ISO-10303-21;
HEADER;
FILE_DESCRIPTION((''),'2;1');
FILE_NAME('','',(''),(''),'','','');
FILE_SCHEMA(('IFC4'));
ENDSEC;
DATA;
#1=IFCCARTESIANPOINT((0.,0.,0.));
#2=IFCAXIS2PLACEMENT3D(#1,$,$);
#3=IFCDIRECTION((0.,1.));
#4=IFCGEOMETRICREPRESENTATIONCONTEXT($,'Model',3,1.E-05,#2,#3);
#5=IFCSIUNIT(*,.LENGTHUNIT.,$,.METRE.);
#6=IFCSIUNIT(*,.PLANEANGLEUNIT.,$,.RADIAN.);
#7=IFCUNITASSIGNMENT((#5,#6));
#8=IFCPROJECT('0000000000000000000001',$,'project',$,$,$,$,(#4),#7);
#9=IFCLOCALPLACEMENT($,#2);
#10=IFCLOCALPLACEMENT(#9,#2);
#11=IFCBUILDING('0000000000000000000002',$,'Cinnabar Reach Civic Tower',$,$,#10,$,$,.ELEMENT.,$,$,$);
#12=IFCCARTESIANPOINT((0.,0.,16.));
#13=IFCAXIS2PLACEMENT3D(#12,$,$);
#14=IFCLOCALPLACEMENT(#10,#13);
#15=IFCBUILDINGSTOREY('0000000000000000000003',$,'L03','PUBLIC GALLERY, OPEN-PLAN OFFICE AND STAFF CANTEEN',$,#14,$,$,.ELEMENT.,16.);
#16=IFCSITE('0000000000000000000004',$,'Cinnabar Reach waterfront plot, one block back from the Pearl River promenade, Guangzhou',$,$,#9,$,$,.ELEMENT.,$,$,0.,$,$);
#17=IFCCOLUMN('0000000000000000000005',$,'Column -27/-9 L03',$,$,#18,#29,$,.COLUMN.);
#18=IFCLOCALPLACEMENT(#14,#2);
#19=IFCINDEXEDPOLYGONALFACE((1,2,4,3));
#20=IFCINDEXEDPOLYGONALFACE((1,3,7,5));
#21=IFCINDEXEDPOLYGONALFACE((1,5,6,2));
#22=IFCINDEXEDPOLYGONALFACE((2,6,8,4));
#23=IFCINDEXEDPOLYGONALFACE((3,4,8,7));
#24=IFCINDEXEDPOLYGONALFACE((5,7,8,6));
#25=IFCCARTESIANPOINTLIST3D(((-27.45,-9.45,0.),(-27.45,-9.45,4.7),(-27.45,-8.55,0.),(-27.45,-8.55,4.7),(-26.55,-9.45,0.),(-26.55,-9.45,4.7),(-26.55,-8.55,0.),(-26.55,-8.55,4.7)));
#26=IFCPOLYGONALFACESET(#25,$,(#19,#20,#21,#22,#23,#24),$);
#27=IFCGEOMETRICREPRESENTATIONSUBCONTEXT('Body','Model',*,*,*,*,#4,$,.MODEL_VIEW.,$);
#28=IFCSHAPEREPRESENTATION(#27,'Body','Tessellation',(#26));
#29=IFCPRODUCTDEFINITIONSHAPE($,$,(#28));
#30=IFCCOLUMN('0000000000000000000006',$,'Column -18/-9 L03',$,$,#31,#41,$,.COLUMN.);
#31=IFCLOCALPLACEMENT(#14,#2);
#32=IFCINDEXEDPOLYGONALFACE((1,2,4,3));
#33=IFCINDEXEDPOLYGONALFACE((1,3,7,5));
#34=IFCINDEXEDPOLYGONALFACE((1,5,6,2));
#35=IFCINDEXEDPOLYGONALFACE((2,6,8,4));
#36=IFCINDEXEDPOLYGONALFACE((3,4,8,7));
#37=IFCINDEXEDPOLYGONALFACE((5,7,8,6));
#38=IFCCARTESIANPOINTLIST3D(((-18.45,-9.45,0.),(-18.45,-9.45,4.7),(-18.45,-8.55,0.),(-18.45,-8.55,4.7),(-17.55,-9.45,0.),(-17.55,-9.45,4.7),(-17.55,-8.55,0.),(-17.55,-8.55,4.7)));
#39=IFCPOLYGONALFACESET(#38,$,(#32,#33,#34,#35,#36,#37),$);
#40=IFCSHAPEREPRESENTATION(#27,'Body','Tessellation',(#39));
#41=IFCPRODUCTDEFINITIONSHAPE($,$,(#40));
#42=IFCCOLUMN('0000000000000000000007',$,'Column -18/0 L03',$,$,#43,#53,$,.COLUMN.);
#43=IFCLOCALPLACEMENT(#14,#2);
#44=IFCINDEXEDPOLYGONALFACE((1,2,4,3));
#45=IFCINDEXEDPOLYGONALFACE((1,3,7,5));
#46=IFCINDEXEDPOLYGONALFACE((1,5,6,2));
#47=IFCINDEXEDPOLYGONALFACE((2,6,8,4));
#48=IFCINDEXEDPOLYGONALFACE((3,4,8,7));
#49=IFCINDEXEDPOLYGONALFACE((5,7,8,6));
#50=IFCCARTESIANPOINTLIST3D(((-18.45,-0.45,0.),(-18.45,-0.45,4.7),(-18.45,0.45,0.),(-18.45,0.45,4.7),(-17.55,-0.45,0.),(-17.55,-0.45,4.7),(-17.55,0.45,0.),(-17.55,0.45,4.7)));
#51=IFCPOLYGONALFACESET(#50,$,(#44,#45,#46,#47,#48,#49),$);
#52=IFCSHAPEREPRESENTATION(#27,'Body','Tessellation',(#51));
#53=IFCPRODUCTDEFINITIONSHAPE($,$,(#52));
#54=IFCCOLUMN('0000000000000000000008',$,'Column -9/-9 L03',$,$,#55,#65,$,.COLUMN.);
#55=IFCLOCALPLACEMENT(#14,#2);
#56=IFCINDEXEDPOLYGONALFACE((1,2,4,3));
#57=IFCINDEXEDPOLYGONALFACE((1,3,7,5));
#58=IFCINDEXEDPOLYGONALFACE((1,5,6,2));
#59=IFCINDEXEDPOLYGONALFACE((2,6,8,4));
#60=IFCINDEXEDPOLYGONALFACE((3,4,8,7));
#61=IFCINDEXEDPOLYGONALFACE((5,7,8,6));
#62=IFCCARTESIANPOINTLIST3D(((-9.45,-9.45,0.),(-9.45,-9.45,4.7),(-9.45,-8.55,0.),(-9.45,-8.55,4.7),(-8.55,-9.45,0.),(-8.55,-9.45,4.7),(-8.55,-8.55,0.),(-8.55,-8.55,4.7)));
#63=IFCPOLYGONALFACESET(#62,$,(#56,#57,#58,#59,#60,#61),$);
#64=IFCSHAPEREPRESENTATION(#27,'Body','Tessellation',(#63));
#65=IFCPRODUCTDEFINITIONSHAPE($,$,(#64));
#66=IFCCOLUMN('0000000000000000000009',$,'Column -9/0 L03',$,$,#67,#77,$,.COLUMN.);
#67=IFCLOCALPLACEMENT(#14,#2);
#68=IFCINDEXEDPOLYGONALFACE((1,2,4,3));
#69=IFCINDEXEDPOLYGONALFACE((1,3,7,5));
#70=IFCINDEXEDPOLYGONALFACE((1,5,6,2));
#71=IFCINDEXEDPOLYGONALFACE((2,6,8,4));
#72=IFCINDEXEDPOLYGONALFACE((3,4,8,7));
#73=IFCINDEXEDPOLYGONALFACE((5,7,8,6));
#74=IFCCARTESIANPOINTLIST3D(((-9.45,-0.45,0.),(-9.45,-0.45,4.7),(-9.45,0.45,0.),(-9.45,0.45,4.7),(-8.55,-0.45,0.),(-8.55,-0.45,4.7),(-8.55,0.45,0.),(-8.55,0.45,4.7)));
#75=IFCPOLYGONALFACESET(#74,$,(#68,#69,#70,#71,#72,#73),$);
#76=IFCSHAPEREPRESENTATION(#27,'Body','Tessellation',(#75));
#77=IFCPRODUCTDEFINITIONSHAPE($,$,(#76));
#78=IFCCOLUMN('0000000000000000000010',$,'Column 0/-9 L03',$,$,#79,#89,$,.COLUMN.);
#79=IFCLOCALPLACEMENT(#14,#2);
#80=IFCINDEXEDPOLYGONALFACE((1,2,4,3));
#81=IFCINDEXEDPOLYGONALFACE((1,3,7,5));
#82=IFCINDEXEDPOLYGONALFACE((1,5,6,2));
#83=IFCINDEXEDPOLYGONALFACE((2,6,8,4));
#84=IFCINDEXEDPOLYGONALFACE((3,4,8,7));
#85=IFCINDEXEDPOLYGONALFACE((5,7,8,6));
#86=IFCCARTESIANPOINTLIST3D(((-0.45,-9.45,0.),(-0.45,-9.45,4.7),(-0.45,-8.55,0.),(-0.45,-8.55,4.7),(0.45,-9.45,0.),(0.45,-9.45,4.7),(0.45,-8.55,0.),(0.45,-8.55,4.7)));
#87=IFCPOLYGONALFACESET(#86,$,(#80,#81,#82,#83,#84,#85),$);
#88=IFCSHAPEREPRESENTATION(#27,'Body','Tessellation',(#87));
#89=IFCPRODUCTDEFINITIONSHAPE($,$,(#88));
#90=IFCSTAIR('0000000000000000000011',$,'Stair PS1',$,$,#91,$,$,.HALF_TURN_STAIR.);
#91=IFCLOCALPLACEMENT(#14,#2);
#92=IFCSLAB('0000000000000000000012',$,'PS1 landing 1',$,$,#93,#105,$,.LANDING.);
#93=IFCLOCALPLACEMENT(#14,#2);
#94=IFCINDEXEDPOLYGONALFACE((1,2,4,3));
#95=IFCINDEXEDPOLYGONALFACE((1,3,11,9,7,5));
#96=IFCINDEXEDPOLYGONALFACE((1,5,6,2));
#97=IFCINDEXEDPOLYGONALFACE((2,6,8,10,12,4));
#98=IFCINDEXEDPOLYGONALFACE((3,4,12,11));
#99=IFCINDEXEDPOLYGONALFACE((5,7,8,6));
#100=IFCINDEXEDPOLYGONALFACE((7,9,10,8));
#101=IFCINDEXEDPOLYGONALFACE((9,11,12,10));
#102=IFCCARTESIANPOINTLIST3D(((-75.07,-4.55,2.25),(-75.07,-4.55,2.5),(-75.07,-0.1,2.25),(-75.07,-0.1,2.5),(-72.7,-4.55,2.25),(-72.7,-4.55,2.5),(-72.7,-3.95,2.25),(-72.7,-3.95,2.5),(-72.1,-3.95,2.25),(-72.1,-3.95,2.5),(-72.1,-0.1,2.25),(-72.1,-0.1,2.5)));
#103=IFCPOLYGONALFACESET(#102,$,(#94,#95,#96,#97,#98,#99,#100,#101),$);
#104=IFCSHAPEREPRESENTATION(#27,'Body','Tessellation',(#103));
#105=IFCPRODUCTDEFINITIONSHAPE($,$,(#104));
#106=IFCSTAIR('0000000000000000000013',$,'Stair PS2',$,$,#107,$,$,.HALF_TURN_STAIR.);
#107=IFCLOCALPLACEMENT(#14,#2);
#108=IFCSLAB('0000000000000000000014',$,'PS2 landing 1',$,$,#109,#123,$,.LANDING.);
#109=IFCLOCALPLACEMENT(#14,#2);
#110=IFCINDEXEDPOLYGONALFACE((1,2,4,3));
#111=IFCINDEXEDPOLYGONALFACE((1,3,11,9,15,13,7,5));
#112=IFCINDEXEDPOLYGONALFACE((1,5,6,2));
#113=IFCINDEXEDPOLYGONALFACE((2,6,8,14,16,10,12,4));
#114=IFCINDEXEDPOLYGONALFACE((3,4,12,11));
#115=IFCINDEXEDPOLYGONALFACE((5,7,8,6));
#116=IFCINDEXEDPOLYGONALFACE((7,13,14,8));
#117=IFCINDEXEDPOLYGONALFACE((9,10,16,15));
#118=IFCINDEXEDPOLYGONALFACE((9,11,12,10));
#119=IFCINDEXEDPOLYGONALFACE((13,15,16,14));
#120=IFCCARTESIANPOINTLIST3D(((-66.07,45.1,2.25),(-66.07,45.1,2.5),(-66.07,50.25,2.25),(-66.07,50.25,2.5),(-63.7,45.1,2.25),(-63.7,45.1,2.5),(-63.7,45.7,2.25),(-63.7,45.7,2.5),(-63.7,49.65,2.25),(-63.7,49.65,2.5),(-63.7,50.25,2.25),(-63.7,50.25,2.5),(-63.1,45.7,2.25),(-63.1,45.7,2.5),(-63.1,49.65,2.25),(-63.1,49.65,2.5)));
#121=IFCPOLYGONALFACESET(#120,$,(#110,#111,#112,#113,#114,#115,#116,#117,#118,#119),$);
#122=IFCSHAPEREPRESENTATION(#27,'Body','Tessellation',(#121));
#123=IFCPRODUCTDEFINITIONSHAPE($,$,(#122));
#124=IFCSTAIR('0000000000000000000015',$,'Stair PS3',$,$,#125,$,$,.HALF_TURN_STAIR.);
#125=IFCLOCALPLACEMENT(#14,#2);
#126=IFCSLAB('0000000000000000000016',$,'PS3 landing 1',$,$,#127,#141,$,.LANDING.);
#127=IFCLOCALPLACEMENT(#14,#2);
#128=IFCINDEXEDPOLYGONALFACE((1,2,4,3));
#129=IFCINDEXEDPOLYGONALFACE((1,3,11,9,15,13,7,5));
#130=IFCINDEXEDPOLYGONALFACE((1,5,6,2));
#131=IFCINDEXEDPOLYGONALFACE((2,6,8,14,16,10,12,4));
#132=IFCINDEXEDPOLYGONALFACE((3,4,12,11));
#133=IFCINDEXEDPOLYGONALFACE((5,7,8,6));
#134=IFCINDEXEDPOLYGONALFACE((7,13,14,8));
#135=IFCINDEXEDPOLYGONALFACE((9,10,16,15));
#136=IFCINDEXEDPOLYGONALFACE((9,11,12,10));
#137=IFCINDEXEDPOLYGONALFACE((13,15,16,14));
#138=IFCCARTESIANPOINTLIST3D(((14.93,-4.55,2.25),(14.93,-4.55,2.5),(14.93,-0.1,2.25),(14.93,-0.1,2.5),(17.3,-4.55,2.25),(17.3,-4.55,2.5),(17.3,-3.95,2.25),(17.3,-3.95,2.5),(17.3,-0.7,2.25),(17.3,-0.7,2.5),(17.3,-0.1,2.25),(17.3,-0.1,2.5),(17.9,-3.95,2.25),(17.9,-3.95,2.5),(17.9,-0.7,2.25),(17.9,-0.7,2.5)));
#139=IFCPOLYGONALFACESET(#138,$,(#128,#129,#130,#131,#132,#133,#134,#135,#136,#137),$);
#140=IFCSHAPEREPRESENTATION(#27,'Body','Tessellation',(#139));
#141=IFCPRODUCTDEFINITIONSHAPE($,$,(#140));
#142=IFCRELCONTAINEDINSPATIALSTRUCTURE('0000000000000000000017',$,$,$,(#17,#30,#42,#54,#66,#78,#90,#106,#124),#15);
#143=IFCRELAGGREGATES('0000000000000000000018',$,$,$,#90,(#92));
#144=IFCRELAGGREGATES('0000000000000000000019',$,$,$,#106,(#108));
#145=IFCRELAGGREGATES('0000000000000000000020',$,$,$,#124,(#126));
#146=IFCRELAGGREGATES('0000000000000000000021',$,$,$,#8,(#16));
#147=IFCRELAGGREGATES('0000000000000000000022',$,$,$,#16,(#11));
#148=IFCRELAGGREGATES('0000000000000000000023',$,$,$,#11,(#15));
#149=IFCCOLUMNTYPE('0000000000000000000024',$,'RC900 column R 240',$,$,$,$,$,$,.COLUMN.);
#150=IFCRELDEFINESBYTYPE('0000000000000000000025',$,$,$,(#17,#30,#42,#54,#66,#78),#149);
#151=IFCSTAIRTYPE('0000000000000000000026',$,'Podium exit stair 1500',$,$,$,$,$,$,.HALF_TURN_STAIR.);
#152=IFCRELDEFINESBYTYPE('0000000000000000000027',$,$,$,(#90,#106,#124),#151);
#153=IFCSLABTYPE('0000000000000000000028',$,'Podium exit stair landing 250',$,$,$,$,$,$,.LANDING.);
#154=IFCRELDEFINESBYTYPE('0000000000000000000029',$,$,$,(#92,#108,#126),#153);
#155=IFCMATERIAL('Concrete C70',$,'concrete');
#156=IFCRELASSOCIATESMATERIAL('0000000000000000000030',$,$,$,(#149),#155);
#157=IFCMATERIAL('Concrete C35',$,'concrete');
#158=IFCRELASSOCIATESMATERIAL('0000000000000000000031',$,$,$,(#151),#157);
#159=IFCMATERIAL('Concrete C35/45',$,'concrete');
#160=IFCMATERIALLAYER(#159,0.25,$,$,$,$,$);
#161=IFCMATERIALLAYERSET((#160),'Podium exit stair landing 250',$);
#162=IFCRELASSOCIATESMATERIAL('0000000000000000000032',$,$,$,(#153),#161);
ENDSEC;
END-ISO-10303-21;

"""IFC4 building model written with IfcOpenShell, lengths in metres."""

from ifc_helpers import new_model, si_unit, direction, frame, origin, origin_2d, place, context, subcontext, project, spatial, polyline, rectangle, outline, extrude, material, layer, layer_set, material_profile, profile_set, type_object, element, aggregate, save


model = new_model("IFC4")

# Units and contexts
model_context = context("Model", 3, precision=1e-05, world=origin(), true_north=direction((0.0, 1.0)))
body_context = subcontext(model_context, "Body", "Model", "MODEL_VIEW")
ifc_project = project(units=[si_unit("LENGTHUNIT", "METRE"), si_unit("PLANEANGLEUNIT", "RADIAN")], contexts=[model_context])

# Site, building, storey
site_placement = place(None, origin())
site = spatial("IfcSite", under=ifc_project, at=site_placement, Name="Cinnabar Reach waterfront plot, one block back from the Pearl River promenade, Guangzhou", CompositionType="ELEMENT", RefElevation=0.0)
building_placement = place(site_placement, origin())
building = spatial("IfcBuilding", under=site, at=building_placement, Name="Cinnabar Reach Civic Tower", CompositionType="ELEMENT")
storey_placement = place(building_placement, frame((0.0, 0.0, 16.0)))
storey = spatial("IfcBuildingStorey", under=building, at=storey_placement, Name="L03", Description="PUBLIC GALLERY, OPEN-PLAN OFFICE AND STAFF CANTEEN", CompositionType="ELEMENT", Elevation=16.0)

# Columns
ifc_material_1 = material(Name="Concrete C70", Category="concrete")
ifc_material_profile = material_profile(ifc_material_1, rectangle(XDim=0.9, YDim=0.9, at=origin_2d()), Name="RC900")
ifc_profile_set = profile_set([ifc_material_profile], Name="Concrete C70")
column_type = type_object("IfcColumnType", Name="RC900 column R 240", PredefinedType="COLUMN", material=ifc_profile_set)
for number, where, z_axis, x_axis, name in (
    (1, (-27.0, -9.0, 0.0), (0.0, 0.0, 1.0), (1.0, 0.0, 0.0), "Column -27/-9 L03"),
    (2, (-18.0, -9.0, 0.0), (0.0, 0.0, 1.0), (1.0, 0.0, 0.0), "Column -18/-9 L03"),
    (3, (-18.0, 0.0, 0.0), (0.0, 0.0, 1.0), (1.0, 0.0, 0.0), "Column -18/0 L03"),
    (4, (-9.0, -9.0, 0.0), (0.0, 0.0, 1.0), (1.0, 0.0, 0.0), "Column -9/-9 L03"),
    (5, (-9.0, 0.0, 0.0), (0.0, 0.0, 1.0), (1.0, 0.0, 0.0), "Column -9/0 L03"),
    (6, (0.0, -9.0, 0.0), (0.0, 0.0, 1.0), (1.0, 0.0, 0.0), "Column 0/-9 L03"),
):
    element("IfcColumn", number, at=place(storey_placement, frame(where, z_axis=z_axis, x_axis=x_axis)), inside=storey, type_object=column_type, Name=name, PredefinedType="COLUMN", context=body_context, shape_type="SweptSolid", body=[
        extrude(rectangle(XDim=0.9, YDim=0.9, at=origin_2d()), origin(), (0.0, 0.0, 1.0), 4.7),
    ])

# Stairs, slabs
ifc_material_2 = material(Name="Concrete C35", Category="concrete")
stair_type = type_object("IfcStairType", Name="Podium exit stair 1500", PredefinedType="HALF_TURN_STAIR", material=ifc_material_2)
stair_1_placement = place(storey_placement, origin())
stair_1 = element("IfcStair", 7, at=stair_1_placement, inside=storey, type_object=stair_type, Name="Stair PS1", PredefinedType="HALF_TURN_STAIR")
ifc_material_3 = material(Name="Concrete C35/45", Category="concrete")
ifc_layer_1 = layer(ifc_material_3, 0.25)
ifc_layer_set_1 = layer_set([ifc_layer_1], Name="Podium exit stair landing 250")
slab_type_1 = type_object("IfcSlabType", Name="Podium exit stair landing 250", PredefinedType="LANDING", material=ifc_layer_set_1)
slab_1_placement = place(storey_placement, frame((0.0, 0.0, 2.25)))
slab_1 = element("IfcSlab", 8, at=slab_1_placement, type_object=slab_type_1, Name="PS1 landing 1", PredefinedType="LANDING", context=body_context, shape_type="SweptSolid", body=[
    extrude(outline(polyline([(-75.07, -4.55), (-75.07, -0.1), (-72.1, -0.1), (-72.1, -3.95), (-72.7, -3.95), (-72.7, -4.55), (-75.07, -4.55)])), origin(), (0.0, 0.0, 1.0), 0.25),
])
aggregate(stair_1, [slab_1])
stair_2_placement = place(storey_placement, origin())
stair_2 = element("IfcStair", 9, at=stair_2_placement, inside=storey, type_object=stair_type, Name="Stair PS2", PredefinedType="HALF_TURN_STAIR")
slab_2_placement = place(storey_placement, frame((0.0, 0.0, 2.25)))
slab_2 = element("IfcSlab", 10, at=slab_2_placement, type_object=slab_type_1, Name="PS2 landing 1", PredefinedType="LANDING", context=body_context, shape_type="SweptSolid", body=[
    extrude(outline(polyline([(-63.1, 45.7), (-63.7, 45.7), (-63.7, 45.1), (-66.07, 45.1), (-66.07, 50.25), (-63.7, 50.25), (-63.7, 49.65), (-63.1, 49.65), (-63.1, 45.7)])), origin(), (0.0, 0.0, 1.0), 0.25),
])
aggregate(stair_2, [slab_2])
stair_3_placement = place(storey_placement, origin())
stair_3 = element("IfcStair", 11, at=stair_3_placement, inside=storey, type_object=stair_type, Name="Stair PS3", PredefinedType="HALF_TURN_STAIR")
slab_3_placement = place(storey_placement, frame((0.0, 0.0, 2.25)))
slab_3 = element("IfcSlab", 12, at=slab_3_placement, type_object=slab_type_1, Name="PS3 landing 1", PredefinedType="LANDING", context=body_context, shape_type="SweptSolid", body=[
    extrude(outline(polyline([(17.9, -3.95), (17.3, -3.95), (17.3, -4.55), (14.93, -4.55), (14.93, -0.1), (17.3, -0.1), (17.3, -0.7), (17.9, -0.7), (17.9, -3.95)])), origin(), (0.0, 0.0, 1.0), 0.25),
])
aggregate(stair_3, [slab_3])

save(model, "model.ifc")
